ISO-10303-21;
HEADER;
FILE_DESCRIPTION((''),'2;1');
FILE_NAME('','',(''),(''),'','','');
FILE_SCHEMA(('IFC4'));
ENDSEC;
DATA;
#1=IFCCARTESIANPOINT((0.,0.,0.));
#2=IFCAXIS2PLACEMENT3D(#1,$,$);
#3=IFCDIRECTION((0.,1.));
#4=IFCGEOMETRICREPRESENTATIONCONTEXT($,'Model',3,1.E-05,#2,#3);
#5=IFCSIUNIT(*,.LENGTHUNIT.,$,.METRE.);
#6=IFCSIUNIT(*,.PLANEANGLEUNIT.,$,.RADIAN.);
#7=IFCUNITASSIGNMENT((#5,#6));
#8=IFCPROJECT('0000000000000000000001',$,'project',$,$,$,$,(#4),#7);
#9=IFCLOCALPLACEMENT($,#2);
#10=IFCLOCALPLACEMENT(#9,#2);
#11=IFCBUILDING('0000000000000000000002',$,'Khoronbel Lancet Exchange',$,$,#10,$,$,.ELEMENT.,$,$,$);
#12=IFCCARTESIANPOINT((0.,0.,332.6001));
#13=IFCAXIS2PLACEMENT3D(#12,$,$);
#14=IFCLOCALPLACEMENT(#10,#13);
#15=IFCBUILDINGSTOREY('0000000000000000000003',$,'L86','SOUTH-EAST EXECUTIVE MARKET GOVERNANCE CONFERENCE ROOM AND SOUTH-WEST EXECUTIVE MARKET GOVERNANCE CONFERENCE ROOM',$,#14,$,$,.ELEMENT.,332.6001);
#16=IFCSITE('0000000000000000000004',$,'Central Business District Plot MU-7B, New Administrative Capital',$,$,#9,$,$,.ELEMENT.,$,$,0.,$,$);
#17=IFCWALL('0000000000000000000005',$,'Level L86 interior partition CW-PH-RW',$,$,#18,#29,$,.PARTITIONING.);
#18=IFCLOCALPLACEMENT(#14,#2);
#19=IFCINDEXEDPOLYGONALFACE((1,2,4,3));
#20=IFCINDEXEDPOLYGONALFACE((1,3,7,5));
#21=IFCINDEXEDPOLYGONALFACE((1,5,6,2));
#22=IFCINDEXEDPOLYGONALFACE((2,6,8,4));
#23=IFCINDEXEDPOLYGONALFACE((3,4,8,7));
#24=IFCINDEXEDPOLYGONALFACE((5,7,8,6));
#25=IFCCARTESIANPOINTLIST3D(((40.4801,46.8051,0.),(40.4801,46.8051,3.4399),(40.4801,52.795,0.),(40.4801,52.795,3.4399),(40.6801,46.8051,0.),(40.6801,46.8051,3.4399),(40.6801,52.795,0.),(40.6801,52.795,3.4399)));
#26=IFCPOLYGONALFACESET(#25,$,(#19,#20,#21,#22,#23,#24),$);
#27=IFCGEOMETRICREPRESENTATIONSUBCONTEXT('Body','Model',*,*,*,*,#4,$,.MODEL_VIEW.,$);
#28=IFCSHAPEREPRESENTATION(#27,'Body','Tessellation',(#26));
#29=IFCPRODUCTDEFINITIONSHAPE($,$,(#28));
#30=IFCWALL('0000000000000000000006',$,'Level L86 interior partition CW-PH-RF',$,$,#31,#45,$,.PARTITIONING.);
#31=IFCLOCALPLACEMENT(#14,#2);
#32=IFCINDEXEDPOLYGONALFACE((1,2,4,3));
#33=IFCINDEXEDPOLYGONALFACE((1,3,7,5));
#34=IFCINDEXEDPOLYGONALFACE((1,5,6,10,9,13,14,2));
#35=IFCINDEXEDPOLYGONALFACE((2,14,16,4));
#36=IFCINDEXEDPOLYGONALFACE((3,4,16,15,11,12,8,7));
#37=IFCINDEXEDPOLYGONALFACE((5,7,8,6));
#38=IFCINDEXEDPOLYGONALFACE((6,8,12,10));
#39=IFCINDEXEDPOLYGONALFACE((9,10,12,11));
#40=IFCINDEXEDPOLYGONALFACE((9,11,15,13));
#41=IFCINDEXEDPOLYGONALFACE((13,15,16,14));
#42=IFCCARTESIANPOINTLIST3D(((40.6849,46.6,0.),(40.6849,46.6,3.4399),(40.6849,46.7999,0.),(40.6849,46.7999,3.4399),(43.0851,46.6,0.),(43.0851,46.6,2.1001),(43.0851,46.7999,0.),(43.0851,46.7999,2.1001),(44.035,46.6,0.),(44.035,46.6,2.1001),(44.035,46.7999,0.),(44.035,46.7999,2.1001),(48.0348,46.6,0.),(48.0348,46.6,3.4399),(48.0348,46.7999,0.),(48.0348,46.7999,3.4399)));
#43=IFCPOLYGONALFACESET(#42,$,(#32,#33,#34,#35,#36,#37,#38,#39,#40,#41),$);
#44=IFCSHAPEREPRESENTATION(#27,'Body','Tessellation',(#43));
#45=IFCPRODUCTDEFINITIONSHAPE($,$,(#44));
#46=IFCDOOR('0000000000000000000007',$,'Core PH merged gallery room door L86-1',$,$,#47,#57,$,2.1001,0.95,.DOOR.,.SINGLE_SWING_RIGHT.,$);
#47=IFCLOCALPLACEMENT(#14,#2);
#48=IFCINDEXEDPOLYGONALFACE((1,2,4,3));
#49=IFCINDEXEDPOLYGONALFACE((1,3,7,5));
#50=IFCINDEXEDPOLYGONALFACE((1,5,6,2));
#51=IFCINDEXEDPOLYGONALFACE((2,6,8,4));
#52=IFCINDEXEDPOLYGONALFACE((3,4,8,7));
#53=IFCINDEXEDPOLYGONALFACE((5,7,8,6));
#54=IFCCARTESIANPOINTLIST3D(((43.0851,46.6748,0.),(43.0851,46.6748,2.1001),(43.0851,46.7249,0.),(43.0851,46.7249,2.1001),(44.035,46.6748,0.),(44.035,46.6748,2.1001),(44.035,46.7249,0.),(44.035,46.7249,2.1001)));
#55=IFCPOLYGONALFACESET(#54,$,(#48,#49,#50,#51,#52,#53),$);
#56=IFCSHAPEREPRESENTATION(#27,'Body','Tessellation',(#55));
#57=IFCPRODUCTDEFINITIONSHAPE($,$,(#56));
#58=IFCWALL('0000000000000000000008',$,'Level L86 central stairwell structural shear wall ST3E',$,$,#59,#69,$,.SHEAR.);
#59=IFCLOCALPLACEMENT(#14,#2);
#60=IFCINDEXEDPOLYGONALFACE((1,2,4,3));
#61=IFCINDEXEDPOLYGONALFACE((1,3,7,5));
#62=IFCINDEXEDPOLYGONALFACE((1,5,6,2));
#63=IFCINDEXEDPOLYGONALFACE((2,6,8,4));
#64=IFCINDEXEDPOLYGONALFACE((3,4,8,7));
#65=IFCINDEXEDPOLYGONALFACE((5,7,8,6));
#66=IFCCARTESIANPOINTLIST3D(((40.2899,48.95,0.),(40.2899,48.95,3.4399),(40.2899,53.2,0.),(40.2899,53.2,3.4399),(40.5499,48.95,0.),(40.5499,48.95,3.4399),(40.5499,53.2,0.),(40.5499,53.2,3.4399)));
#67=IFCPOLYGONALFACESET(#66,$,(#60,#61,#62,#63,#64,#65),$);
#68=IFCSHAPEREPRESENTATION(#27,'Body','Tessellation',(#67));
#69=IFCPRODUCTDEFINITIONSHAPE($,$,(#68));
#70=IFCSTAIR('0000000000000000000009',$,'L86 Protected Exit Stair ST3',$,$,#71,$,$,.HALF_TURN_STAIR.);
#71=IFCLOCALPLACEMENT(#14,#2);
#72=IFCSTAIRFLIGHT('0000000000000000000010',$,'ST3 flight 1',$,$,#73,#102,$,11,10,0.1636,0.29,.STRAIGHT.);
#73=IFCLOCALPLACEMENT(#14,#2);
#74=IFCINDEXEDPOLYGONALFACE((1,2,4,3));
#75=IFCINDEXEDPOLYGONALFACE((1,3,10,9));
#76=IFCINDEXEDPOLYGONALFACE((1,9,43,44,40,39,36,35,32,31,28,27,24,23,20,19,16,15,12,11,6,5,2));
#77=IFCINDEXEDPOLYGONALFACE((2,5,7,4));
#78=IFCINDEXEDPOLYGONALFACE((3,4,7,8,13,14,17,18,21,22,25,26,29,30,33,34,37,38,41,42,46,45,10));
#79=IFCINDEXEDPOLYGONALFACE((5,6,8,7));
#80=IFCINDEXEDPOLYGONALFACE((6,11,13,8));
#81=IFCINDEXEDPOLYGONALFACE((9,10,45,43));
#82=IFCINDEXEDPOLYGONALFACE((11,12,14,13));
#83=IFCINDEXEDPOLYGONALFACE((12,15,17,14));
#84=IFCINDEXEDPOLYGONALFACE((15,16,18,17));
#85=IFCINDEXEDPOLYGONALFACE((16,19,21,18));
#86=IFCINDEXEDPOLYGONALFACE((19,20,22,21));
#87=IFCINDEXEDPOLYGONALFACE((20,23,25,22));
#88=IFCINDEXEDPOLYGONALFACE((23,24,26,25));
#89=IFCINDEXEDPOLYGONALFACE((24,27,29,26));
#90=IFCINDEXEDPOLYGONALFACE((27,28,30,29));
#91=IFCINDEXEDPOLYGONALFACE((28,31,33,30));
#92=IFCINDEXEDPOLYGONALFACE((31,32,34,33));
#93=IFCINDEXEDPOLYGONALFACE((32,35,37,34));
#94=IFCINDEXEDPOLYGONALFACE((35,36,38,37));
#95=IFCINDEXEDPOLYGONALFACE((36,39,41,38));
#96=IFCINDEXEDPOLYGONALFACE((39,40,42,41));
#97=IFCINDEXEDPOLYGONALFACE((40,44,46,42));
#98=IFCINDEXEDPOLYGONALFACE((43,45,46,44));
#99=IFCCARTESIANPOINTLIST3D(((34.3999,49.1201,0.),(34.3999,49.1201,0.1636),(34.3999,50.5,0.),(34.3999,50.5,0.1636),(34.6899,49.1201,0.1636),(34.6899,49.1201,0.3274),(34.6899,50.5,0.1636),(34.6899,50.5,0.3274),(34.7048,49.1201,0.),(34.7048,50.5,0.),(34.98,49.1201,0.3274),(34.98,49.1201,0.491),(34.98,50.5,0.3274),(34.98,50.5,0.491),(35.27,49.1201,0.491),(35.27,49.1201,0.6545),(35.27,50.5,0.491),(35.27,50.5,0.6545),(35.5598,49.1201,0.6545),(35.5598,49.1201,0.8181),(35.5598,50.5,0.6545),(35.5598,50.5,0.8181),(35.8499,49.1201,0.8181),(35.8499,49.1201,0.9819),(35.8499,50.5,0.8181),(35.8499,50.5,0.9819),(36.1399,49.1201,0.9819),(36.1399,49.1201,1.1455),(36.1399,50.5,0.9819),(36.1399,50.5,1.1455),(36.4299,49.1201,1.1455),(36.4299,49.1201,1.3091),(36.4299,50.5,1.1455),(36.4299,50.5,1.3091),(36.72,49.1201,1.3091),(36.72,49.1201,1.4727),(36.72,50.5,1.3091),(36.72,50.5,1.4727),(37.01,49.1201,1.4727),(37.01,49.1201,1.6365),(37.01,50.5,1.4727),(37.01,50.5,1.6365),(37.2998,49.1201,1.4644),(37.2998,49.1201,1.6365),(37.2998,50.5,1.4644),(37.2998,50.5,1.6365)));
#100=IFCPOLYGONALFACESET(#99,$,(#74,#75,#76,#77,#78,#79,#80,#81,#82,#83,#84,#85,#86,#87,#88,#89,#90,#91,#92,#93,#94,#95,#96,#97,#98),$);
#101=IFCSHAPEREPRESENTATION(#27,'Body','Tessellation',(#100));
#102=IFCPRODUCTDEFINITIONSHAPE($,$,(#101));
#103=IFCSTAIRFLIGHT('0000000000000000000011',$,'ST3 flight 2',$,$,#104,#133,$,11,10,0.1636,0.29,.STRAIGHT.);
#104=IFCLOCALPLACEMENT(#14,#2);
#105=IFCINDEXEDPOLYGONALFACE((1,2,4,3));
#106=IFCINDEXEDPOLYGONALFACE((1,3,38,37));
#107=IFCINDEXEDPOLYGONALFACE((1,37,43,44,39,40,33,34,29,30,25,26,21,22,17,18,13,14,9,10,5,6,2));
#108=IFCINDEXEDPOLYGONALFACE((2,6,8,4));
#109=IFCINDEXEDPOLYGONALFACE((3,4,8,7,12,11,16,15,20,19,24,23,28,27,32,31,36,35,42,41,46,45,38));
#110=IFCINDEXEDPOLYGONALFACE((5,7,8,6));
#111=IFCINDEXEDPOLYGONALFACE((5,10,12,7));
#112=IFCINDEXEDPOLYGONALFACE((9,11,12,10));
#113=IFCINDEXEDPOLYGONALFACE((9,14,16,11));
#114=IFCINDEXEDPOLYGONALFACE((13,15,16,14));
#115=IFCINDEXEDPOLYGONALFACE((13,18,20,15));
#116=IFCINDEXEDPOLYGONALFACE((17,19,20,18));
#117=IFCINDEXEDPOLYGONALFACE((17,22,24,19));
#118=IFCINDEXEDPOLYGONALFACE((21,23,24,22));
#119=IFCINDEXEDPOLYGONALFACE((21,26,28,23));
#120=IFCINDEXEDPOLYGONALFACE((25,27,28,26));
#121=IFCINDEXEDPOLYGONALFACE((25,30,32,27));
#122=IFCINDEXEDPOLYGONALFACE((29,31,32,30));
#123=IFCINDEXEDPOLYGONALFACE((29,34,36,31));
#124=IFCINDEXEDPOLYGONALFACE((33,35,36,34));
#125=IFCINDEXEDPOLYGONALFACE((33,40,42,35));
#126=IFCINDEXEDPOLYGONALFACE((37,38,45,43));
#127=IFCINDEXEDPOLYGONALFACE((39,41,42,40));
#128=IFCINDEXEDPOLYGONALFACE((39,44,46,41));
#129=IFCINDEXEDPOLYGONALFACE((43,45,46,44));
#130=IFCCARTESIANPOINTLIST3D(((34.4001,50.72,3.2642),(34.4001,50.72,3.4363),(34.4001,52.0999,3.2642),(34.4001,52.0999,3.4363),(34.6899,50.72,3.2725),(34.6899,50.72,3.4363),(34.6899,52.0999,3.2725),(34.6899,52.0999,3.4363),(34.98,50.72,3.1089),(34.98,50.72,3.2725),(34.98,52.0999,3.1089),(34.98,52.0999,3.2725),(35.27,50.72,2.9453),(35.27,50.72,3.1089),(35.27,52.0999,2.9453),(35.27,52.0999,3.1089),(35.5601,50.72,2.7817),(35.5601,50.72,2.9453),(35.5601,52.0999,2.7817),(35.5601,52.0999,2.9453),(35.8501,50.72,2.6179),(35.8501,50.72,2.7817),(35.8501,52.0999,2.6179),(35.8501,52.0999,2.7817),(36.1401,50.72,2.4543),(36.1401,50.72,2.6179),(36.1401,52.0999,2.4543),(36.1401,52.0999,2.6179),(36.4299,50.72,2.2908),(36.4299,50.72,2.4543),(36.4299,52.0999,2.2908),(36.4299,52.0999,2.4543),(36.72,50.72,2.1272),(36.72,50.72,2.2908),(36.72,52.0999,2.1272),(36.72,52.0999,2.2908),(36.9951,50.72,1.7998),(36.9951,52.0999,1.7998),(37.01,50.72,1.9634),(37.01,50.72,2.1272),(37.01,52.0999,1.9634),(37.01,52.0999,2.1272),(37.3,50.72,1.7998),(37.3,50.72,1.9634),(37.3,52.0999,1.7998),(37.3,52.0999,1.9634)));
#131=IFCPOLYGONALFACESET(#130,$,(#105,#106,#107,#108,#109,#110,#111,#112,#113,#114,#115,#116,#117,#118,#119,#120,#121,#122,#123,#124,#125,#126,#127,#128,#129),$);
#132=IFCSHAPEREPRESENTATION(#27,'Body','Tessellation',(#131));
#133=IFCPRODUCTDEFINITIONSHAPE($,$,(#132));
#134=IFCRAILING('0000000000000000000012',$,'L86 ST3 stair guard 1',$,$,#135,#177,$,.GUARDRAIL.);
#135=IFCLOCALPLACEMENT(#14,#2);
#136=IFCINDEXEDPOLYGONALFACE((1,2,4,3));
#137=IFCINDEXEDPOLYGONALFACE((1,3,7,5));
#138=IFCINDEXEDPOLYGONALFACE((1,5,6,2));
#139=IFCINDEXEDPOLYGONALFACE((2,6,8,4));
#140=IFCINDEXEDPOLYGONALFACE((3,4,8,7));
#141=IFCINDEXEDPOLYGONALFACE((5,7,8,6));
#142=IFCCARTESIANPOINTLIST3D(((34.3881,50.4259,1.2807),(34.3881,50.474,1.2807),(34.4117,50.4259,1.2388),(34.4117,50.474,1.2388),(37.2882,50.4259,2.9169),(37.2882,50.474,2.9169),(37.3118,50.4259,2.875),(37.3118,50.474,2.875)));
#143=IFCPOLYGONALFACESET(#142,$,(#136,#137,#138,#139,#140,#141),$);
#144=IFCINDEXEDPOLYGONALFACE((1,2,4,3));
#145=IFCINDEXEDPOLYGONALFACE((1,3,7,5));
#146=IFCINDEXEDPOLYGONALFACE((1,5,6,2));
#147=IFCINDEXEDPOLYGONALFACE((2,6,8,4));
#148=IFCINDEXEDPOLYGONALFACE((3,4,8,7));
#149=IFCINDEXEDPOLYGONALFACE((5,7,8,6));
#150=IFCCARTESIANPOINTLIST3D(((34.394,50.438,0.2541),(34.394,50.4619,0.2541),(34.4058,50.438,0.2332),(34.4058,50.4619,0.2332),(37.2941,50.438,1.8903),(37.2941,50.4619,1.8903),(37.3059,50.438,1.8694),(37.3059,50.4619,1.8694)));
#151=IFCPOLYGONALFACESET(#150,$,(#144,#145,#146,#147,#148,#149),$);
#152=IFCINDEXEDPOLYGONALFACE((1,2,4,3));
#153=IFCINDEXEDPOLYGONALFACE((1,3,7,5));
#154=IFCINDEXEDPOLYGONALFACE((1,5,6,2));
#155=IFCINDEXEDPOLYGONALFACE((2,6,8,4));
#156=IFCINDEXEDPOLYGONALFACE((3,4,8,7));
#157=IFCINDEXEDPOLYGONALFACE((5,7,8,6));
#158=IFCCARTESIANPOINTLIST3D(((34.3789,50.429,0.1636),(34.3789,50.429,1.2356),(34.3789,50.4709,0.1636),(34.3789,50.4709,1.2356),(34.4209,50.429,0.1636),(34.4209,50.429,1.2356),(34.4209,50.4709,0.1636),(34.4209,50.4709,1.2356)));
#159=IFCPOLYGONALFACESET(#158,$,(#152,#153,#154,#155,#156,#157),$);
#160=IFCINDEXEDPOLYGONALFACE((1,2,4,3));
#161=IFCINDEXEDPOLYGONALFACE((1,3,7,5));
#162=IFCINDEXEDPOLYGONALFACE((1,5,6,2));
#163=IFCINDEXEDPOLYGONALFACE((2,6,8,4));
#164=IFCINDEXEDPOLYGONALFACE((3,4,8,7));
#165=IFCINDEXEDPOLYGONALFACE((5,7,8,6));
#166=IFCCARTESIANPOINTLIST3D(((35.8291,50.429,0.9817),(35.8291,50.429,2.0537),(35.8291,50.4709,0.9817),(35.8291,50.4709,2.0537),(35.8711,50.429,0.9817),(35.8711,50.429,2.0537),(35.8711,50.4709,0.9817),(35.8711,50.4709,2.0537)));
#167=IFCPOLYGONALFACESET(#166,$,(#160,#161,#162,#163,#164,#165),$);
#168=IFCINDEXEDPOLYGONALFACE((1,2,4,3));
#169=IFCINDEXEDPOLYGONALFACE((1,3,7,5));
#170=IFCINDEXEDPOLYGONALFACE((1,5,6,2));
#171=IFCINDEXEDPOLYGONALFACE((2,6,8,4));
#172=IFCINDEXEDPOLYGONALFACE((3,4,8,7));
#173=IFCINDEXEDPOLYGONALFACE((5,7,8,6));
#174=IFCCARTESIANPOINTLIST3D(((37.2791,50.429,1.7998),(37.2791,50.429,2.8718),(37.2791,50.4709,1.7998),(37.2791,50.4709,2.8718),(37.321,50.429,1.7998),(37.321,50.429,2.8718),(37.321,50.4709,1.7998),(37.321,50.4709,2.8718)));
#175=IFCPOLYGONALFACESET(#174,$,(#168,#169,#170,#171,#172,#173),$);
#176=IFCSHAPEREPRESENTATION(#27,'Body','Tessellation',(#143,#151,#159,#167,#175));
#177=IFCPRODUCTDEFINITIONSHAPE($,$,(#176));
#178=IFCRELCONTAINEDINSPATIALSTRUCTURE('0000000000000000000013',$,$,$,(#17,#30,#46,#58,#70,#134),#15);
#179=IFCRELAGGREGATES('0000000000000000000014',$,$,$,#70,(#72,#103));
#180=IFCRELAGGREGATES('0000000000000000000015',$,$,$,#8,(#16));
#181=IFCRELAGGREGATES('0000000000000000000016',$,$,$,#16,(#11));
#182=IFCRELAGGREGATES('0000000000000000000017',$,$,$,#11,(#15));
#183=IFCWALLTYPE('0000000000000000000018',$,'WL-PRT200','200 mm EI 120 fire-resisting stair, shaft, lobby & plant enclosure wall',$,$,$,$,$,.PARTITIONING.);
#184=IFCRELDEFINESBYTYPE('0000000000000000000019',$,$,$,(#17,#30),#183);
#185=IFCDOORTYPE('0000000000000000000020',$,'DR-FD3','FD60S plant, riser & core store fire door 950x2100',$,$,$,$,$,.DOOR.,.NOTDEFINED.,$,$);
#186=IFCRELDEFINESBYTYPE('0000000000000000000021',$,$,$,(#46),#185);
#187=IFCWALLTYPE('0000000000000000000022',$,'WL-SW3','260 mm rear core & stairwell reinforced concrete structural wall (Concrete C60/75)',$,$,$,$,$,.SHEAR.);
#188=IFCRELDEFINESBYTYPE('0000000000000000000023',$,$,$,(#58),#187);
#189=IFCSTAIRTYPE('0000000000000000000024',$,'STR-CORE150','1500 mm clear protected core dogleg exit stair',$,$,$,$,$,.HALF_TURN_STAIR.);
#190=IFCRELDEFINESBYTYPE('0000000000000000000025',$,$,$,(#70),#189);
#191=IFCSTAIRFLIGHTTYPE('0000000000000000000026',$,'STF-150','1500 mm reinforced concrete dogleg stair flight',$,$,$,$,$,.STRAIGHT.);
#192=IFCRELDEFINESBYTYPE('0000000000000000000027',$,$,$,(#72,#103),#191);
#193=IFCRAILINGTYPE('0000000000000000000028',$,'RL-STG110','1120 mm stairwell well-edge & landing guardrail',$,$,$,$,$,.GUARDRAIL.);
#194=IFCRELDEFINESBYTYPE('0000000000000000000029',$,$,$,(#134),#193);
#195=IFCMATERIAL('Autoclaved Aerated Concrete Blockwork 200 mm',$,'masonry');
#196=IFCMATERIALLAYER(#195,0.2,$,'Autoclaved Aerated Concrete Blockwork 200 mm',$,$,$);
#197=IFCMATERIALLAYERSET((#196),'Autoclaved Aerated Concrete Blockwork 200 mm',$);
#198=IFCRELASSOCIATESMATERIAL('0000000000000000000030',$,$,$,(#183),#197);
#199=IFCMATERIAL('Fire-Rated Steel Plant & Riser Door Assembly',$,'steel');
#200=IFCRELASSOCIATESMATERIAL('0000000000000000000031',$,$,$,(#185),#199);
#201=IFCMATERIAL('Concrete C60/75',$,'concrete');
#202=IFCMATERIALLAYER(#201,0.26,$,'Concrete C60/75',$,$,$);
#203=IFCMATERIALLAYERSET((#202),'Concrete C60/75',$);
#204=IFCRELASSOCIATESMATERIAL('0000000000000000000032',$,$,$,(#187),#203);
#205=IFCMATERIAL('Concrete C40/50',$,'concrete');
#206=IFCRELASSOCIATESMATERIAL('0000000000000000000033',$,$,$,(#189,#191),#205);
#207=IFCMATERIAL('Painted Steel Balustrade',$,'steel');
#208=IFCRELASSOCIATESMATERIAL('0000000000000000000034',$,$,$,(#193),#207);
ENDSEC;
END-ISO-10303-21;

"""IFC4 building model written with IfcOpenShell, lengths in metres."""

from ifc_helpers import new_model, si_unit, direction, frame, frame_2d, origin, origin_2d, place, context, subcontext, project, spatial, polyline, rectangle, outline, extrude, material, layer, layer_set, type_object, element, fill, aggregate, save


model = new_model("IFC4")

# Units and contexts
model_context = context("Model", 3, precision=1e-05, world=origin(), true_north=direction((0.0, 1.0)))
body_context = subcontext(model_context, "Body", "Model", "MODEL_VIEW")
ifc_project = project(units=[si_unit("LENGTHUNIT", "METRE"), si_unit("PLANEANGLEUNIT", "RADIAN")], contexts=[model_context])

# Site, building, storey
site_placement = place(None, origin())
site = spatial("IfcSite", under=ifc_project, at=site_placement, Name="Central Business District Plot MU-7B, New Administrative Capital", CompositionType="ELEMENT", RefElevation=0.0)
building_placement = place(site_placement, origin())
building = spatial("IfcBuilding", under=site, at=building_placement, Name="Khoronbel Lancet Exchange", CompositionType="ELEMENT")
storey_placement = place(building_placement, frame((0.0, 0.0, 332.6001)))
storey = spatial("IfcBuildingStorey", under=building, at=storey_placement, Name="L86", Description="SOUTH-EAST EXECUTIVE MARKET GOVERNANCE CONFERENCE ROOM AND SOUTH-WEST EXECUTIVE MARKET GOVERNANCE CONFERENCE ROOM", CompositionType="ELEMENT", Elevation=332.6001)

# Shared definitions
ifc_material_1 = material(Name="Concrete C60/75", Category="concrete")

# Wall
ifc_material_2 = material(Name="Autoclaved Aerated Concrete Blockwork 200 mm", Category="masonry")
ifc_layer_1 = layer(ifc_material_2, 0.2, Name="Autoclaved Aerated Concrete Blockwork 200 mm")
ifc_layer_set_1 = layer_set([ifc_layer_1], Name="Autoclaved Aerated Concrete Blockwork 200 mm")
wall_type_1 = type_object("IfcWallType", Name="WL-PRT200", Description="200 mm EI 120 fire-resisting stair, shaft, lobby & plant enclosure wall", PredefinedType="PARTITIONING", material=ifc_layer_set_1)
wall_1_placement = place(storey_placement, frame((40.5801, 46.8049, 0.0), z_axis=(0.0, 0.0, 1.0), x_axis=(0.0, 1.0, 0.0)))
element("IfcWall", 1, at=wall_1_placement, inside=storey, type_object=wall_type_1, Name="Level L86 interior partition CW-PH-RW", PredefinedType="PARTITIONING", context=body_context, shape_type="SweptSolid", body=[
    extrude(rectangle(XDim=5.99, YDim=0.2, at=frame_2d((2.9951, 0.0))), origin(), (0.0, 0.0, 1.0), 3.4399),
])

# Wall, opening, door
wall_2_placement = place(storey_placement, frame((40.6851, 46.7, 0.0), z_axis=(0.0, 0.0, 1.0), x_axis=(1.0, 0.0, 0.0)))
wall_2 = element("IfcWall", 2, at=wall_2_placement, inside=storey, type_object=wall_type_1, Name="Level L86 interior partition CW-PH-RF", PredefinedType="PARTITIONING", context=body_context, shape_type="SweptSolid", body=[
    extrude(rectangle(XDim=7.3499, YDim=0.2, at=frame_2d((3.6748, 0.0))), origin(), (0.0, 0.0, 1.0), 3.4399),
])
opening_1_placement = place(wall_2_placement, frame((2.3999, 0.0, 0.0)))
opening_1 = element("IfcOpeningElement", 3, at=opening_1_placement, cuts=wall_2, PredefinedType="OPENING", context=body_context, shape_type="SweptSolid", body=[
    extrude(rectangle(XDim=0.95, YDim=2.1001, at=frame_2d((0.4751, 1.05))), frame((0.0, 0.1099, 0.0), z_axis=(0.0, -1.0, 0.0), x_axis=(1.0, 0.0, 0.0)), (0.0, 0.0, 1.0), 0.22),
])
ifc_material_3 = material(Name="Fire-Rated Steel Plant & Riser Door Assembly", Category="steel")
door_type_1 = type_object("IfcDoorType", Name="DR-FD3", Description="FD60S plant, riser & core store fire door 950x2100", OperationType="NOTDEFINED", PredefinedType="DOOR", material=ifc_material_3)
door_1_placement = place(opening_1_placement, origin())
door_1 = element("IfcDoor", 4, at=door_1_placement, inside=storey, type_object=door_type_1, Name="Core PH merged gallery room door L86-1", OperationType="SINGLE_SWING_RIGHT", OverallHeight=2.1001, OverallWidth=0.95, PredefinedType="DOOR", context=body_context, shape_type="SweptSolid", body=[
    extrude(rectangle(XDim=0.95, YDim=2.1001, at=frame_2d((0.4751, 1.05))), frame((0.0, 0.0249, 0.0), z_axis=(0.0, -1.0, 0.0), x_axis=(1.0, 0.0, 0.0)), (0.0, 0.0, 1.0), 0.05),
])
fill(opening_1, door_1)

# Wall
ifc_layer_2 = layer(ifc_material_1, 0.26, Name="Concrete C60/75")
ifc_layer_set_2 = layer_set([ifc_layer_2], Name="Concrete C60/75")
wall_type_2 = type_object("IfcWallType", Name="WL-SW3", Description="260 mm rear core & stairwell reinforced concrete structural wall (Concrete C60/75)", PredefinedType="SHEAR", material=ifc_layer_set_2)
wall_3_placement = place(storey_placement, frame((40.4199, 48.95, 0.0), z_axis=(0.0, 0.0, 1.0), x_axis=(0.0, 1.0, 0.0)))
element("IfcWall", 5, at=wall_3_placement, inside=storey, type_object=wall_type_2, Name="Level L86 central stairwell structural shear wall ST3E", PredefinedType="SHEAR", context=body_context, shape_type="SweptSolid", body=[
    extrude(rectangle(XDim=4.25, YDim=0.26, at=frame_2d((2.125, 0.0))), origin(), (0.0, 0.0, 1.0), 3.4399),
])

# Stair, stair flights
ifc_material_4 = material(Name="Concrete C40/50", Category="concrete")
stair_type = type_object("IfcStairType", Name="STR-CORE150", Description="1500 mm clear protected core dogleg exit stair", PredefinedType="HALF_TURN_STAIR", material=ifc_material_4)
stair_placement = place(storey_placement, origin())
stair = element("IfcStair", 6, at=stair_placement, inside=storey, type_object=stair_type, Name="L86 Protected Exit Stair ST3", PredefinedType="HALF_TURN_STAIR")
stair_flight_type = type_object("IfcStairFlightType", Name="STF-150", Description="1500 mm reinforced concrete dogleg stair flight", PredefinedType="STRAIGHT", material=ifc_material_4)
stair_flight_1_placement = place(storey_placement, frame((34.3999, 49.8101, 0.0), z_axis=(0.0, 0.0, 1.0), x_axis=(1.0, 0.0, 0.0)))
stair_flight_1 = element("IfcStairFlight", 7, at=stair_flight_1_placement, type_object=stair_flight_type, Name="ST3 flight 1", NumberOfRisers=11, NumberOfTreads=10, PredefinedType="STRAIGHT", RiserHeight=0.1636, TreadLength=0.29, context=body_context, shape_type="SweptSolid", body=[
    extrude(outline(polyline([(0.0, 0.0), (0.0, 0.1636), (0.29, 0.1636), (0.29, 0.3274), (0.5801, 0.3274), (0.5801, 0.491), (0.8701, 0.491), (0.8701, 0.6545), (1.1599, 0.6545), (1.1599, 0.8181), (1.45, 0.8181), (1.45, 0.9819), (1.74, 0.9819), (1.74, 1.1455), (2.03, 1.1455), (2.03, 1.3091), (2.3201, 1.3091), (2.3201, 1.4727), (2.6101, 1.4727), (2.6101, 1.6365), (2.8999, 1.6365), (2.8999, 1.8), (2.8999, 1.4644), (0.3049, 0.0), (0.0, 0.0)])), frame((0.0, 0.6899, 0.0), z_axis=(0.0, -1.0, 0.0), x_axis=(1.0, 0.0, 0.0)), (0.0, 0.0, 1.0), 1.3799),
])
stair_flight_2_placement = place(storey_placement, frame((37.3, 51.4099, 1.7998), z_axis=(0.0, 0.0, 1.0), x_axis=(-1.0, 0.0, 0.0)))
stair_flight_2 = element("IfcStairFlight", 8, at=stair_flight_2_placement, type_object=stair_flight_type, Name="ST3 flight 2", NumberOfRisers=11, NumberOfTreads=10, PredefinedType="STRAIGHT", RiserHeight=0.1636, TreadLength=0.29, context=body_context, shape_type="SweptSolid", body=[
    extrude(outline(polyline([(0.0, 0.0), (0.0, 0.1636), (0.29, 0.1636), (0.29, 0.3274), (0.5801, 0.3274), (0.5801, 0.491), (0.8701, 0.491), (0.8701, 0.6545), (1.1599, 0.6545), (1.1599, 0.8181), (1.45, 0.8181), (1.45, 0.9819), (1.74, 0.9819), (1.74, 1.1455), (2.03, 1.1455), (2.03, 1.3091), (2.3201, 1.3091), (2.3201, 1.4727), (2.6101, 1.4727), (2.6101, 1.6365), (2.8999, 1.6365), (2.8999, 1.8), (2.8999, 1.4644), (0.3049, 0.0), (0.0, 0.0)])), frame((0.0, 0.6899, 0.0), z_axis=(0.0, -1.0, 0.0), x_axis=(1.0, 0.0, 0.0)), (0.0, 0.0, 1.0), 1.3799),
])
aggregate(stair, [stair_flight_1, stair_flight_2])

# Railing
ifc_material_5 = material(Name="Painted Steel Balustrade", Category="steel")
railing_type_1 = type_object("IfcRailingType", Name="RL-STG110", Description="1120 mm stairwell well-edge & landing guardrail", PredefinedType="GUARDRAIL", material=ifc_material_5)
railing_1_placement = place(storey_placement, frame((34.3999, 50.45, 0.1636)))
element("IfcRailing", 9, at=railing_1_placement, inside=storey, type_object=railing_type_1, Name="L86 ST3 stair guard 1", PredefinedType="GUARDRAIL", context=body_context, shape_type="SweptSolid", body=[
    extrude(rectangle(XDim=0.0481, YDim=0.0481, at=origin_2d()), frame((0.0, 0.0, 1.0962), z_axis=(0.870946, 0.0, 0.491378), x_axis=(0.0, 1.0, 0.0)), (0.0, 0.0, 1.0), 3.3298),
    extrude(rectangle(XDim=0.0239, YDim=0.0239, at=origin_2d()), frame((0.0, 0.0, 0.0801), z_axis=(0.870946, 0.0, 0.491378), x_axis=(0.0, 1.0, 0.0)), (0.0, 0.0, 1.0), 3.3298),
    extrude(rectangle(XDim=0.042, YDim=0.042, at=origin_2d()), origin(), (0.0, 0.0, 1.0), 1.072),
    extrude(rectangle(XDim=0.042, YDim=0.042, at=origin_2d()), frame((1.4502, 0.0, 0.8181)), (0.0, 0.0, 1.0), 1.072),
    extrude(rectangle(XDim=0.042, YDim=0.042, at=origin_2d()), frame((2.9001, 0.0, 1.6362)), (0.0, 0.0, 1.0), 1.072),
])

save(model, "model.ifc")
